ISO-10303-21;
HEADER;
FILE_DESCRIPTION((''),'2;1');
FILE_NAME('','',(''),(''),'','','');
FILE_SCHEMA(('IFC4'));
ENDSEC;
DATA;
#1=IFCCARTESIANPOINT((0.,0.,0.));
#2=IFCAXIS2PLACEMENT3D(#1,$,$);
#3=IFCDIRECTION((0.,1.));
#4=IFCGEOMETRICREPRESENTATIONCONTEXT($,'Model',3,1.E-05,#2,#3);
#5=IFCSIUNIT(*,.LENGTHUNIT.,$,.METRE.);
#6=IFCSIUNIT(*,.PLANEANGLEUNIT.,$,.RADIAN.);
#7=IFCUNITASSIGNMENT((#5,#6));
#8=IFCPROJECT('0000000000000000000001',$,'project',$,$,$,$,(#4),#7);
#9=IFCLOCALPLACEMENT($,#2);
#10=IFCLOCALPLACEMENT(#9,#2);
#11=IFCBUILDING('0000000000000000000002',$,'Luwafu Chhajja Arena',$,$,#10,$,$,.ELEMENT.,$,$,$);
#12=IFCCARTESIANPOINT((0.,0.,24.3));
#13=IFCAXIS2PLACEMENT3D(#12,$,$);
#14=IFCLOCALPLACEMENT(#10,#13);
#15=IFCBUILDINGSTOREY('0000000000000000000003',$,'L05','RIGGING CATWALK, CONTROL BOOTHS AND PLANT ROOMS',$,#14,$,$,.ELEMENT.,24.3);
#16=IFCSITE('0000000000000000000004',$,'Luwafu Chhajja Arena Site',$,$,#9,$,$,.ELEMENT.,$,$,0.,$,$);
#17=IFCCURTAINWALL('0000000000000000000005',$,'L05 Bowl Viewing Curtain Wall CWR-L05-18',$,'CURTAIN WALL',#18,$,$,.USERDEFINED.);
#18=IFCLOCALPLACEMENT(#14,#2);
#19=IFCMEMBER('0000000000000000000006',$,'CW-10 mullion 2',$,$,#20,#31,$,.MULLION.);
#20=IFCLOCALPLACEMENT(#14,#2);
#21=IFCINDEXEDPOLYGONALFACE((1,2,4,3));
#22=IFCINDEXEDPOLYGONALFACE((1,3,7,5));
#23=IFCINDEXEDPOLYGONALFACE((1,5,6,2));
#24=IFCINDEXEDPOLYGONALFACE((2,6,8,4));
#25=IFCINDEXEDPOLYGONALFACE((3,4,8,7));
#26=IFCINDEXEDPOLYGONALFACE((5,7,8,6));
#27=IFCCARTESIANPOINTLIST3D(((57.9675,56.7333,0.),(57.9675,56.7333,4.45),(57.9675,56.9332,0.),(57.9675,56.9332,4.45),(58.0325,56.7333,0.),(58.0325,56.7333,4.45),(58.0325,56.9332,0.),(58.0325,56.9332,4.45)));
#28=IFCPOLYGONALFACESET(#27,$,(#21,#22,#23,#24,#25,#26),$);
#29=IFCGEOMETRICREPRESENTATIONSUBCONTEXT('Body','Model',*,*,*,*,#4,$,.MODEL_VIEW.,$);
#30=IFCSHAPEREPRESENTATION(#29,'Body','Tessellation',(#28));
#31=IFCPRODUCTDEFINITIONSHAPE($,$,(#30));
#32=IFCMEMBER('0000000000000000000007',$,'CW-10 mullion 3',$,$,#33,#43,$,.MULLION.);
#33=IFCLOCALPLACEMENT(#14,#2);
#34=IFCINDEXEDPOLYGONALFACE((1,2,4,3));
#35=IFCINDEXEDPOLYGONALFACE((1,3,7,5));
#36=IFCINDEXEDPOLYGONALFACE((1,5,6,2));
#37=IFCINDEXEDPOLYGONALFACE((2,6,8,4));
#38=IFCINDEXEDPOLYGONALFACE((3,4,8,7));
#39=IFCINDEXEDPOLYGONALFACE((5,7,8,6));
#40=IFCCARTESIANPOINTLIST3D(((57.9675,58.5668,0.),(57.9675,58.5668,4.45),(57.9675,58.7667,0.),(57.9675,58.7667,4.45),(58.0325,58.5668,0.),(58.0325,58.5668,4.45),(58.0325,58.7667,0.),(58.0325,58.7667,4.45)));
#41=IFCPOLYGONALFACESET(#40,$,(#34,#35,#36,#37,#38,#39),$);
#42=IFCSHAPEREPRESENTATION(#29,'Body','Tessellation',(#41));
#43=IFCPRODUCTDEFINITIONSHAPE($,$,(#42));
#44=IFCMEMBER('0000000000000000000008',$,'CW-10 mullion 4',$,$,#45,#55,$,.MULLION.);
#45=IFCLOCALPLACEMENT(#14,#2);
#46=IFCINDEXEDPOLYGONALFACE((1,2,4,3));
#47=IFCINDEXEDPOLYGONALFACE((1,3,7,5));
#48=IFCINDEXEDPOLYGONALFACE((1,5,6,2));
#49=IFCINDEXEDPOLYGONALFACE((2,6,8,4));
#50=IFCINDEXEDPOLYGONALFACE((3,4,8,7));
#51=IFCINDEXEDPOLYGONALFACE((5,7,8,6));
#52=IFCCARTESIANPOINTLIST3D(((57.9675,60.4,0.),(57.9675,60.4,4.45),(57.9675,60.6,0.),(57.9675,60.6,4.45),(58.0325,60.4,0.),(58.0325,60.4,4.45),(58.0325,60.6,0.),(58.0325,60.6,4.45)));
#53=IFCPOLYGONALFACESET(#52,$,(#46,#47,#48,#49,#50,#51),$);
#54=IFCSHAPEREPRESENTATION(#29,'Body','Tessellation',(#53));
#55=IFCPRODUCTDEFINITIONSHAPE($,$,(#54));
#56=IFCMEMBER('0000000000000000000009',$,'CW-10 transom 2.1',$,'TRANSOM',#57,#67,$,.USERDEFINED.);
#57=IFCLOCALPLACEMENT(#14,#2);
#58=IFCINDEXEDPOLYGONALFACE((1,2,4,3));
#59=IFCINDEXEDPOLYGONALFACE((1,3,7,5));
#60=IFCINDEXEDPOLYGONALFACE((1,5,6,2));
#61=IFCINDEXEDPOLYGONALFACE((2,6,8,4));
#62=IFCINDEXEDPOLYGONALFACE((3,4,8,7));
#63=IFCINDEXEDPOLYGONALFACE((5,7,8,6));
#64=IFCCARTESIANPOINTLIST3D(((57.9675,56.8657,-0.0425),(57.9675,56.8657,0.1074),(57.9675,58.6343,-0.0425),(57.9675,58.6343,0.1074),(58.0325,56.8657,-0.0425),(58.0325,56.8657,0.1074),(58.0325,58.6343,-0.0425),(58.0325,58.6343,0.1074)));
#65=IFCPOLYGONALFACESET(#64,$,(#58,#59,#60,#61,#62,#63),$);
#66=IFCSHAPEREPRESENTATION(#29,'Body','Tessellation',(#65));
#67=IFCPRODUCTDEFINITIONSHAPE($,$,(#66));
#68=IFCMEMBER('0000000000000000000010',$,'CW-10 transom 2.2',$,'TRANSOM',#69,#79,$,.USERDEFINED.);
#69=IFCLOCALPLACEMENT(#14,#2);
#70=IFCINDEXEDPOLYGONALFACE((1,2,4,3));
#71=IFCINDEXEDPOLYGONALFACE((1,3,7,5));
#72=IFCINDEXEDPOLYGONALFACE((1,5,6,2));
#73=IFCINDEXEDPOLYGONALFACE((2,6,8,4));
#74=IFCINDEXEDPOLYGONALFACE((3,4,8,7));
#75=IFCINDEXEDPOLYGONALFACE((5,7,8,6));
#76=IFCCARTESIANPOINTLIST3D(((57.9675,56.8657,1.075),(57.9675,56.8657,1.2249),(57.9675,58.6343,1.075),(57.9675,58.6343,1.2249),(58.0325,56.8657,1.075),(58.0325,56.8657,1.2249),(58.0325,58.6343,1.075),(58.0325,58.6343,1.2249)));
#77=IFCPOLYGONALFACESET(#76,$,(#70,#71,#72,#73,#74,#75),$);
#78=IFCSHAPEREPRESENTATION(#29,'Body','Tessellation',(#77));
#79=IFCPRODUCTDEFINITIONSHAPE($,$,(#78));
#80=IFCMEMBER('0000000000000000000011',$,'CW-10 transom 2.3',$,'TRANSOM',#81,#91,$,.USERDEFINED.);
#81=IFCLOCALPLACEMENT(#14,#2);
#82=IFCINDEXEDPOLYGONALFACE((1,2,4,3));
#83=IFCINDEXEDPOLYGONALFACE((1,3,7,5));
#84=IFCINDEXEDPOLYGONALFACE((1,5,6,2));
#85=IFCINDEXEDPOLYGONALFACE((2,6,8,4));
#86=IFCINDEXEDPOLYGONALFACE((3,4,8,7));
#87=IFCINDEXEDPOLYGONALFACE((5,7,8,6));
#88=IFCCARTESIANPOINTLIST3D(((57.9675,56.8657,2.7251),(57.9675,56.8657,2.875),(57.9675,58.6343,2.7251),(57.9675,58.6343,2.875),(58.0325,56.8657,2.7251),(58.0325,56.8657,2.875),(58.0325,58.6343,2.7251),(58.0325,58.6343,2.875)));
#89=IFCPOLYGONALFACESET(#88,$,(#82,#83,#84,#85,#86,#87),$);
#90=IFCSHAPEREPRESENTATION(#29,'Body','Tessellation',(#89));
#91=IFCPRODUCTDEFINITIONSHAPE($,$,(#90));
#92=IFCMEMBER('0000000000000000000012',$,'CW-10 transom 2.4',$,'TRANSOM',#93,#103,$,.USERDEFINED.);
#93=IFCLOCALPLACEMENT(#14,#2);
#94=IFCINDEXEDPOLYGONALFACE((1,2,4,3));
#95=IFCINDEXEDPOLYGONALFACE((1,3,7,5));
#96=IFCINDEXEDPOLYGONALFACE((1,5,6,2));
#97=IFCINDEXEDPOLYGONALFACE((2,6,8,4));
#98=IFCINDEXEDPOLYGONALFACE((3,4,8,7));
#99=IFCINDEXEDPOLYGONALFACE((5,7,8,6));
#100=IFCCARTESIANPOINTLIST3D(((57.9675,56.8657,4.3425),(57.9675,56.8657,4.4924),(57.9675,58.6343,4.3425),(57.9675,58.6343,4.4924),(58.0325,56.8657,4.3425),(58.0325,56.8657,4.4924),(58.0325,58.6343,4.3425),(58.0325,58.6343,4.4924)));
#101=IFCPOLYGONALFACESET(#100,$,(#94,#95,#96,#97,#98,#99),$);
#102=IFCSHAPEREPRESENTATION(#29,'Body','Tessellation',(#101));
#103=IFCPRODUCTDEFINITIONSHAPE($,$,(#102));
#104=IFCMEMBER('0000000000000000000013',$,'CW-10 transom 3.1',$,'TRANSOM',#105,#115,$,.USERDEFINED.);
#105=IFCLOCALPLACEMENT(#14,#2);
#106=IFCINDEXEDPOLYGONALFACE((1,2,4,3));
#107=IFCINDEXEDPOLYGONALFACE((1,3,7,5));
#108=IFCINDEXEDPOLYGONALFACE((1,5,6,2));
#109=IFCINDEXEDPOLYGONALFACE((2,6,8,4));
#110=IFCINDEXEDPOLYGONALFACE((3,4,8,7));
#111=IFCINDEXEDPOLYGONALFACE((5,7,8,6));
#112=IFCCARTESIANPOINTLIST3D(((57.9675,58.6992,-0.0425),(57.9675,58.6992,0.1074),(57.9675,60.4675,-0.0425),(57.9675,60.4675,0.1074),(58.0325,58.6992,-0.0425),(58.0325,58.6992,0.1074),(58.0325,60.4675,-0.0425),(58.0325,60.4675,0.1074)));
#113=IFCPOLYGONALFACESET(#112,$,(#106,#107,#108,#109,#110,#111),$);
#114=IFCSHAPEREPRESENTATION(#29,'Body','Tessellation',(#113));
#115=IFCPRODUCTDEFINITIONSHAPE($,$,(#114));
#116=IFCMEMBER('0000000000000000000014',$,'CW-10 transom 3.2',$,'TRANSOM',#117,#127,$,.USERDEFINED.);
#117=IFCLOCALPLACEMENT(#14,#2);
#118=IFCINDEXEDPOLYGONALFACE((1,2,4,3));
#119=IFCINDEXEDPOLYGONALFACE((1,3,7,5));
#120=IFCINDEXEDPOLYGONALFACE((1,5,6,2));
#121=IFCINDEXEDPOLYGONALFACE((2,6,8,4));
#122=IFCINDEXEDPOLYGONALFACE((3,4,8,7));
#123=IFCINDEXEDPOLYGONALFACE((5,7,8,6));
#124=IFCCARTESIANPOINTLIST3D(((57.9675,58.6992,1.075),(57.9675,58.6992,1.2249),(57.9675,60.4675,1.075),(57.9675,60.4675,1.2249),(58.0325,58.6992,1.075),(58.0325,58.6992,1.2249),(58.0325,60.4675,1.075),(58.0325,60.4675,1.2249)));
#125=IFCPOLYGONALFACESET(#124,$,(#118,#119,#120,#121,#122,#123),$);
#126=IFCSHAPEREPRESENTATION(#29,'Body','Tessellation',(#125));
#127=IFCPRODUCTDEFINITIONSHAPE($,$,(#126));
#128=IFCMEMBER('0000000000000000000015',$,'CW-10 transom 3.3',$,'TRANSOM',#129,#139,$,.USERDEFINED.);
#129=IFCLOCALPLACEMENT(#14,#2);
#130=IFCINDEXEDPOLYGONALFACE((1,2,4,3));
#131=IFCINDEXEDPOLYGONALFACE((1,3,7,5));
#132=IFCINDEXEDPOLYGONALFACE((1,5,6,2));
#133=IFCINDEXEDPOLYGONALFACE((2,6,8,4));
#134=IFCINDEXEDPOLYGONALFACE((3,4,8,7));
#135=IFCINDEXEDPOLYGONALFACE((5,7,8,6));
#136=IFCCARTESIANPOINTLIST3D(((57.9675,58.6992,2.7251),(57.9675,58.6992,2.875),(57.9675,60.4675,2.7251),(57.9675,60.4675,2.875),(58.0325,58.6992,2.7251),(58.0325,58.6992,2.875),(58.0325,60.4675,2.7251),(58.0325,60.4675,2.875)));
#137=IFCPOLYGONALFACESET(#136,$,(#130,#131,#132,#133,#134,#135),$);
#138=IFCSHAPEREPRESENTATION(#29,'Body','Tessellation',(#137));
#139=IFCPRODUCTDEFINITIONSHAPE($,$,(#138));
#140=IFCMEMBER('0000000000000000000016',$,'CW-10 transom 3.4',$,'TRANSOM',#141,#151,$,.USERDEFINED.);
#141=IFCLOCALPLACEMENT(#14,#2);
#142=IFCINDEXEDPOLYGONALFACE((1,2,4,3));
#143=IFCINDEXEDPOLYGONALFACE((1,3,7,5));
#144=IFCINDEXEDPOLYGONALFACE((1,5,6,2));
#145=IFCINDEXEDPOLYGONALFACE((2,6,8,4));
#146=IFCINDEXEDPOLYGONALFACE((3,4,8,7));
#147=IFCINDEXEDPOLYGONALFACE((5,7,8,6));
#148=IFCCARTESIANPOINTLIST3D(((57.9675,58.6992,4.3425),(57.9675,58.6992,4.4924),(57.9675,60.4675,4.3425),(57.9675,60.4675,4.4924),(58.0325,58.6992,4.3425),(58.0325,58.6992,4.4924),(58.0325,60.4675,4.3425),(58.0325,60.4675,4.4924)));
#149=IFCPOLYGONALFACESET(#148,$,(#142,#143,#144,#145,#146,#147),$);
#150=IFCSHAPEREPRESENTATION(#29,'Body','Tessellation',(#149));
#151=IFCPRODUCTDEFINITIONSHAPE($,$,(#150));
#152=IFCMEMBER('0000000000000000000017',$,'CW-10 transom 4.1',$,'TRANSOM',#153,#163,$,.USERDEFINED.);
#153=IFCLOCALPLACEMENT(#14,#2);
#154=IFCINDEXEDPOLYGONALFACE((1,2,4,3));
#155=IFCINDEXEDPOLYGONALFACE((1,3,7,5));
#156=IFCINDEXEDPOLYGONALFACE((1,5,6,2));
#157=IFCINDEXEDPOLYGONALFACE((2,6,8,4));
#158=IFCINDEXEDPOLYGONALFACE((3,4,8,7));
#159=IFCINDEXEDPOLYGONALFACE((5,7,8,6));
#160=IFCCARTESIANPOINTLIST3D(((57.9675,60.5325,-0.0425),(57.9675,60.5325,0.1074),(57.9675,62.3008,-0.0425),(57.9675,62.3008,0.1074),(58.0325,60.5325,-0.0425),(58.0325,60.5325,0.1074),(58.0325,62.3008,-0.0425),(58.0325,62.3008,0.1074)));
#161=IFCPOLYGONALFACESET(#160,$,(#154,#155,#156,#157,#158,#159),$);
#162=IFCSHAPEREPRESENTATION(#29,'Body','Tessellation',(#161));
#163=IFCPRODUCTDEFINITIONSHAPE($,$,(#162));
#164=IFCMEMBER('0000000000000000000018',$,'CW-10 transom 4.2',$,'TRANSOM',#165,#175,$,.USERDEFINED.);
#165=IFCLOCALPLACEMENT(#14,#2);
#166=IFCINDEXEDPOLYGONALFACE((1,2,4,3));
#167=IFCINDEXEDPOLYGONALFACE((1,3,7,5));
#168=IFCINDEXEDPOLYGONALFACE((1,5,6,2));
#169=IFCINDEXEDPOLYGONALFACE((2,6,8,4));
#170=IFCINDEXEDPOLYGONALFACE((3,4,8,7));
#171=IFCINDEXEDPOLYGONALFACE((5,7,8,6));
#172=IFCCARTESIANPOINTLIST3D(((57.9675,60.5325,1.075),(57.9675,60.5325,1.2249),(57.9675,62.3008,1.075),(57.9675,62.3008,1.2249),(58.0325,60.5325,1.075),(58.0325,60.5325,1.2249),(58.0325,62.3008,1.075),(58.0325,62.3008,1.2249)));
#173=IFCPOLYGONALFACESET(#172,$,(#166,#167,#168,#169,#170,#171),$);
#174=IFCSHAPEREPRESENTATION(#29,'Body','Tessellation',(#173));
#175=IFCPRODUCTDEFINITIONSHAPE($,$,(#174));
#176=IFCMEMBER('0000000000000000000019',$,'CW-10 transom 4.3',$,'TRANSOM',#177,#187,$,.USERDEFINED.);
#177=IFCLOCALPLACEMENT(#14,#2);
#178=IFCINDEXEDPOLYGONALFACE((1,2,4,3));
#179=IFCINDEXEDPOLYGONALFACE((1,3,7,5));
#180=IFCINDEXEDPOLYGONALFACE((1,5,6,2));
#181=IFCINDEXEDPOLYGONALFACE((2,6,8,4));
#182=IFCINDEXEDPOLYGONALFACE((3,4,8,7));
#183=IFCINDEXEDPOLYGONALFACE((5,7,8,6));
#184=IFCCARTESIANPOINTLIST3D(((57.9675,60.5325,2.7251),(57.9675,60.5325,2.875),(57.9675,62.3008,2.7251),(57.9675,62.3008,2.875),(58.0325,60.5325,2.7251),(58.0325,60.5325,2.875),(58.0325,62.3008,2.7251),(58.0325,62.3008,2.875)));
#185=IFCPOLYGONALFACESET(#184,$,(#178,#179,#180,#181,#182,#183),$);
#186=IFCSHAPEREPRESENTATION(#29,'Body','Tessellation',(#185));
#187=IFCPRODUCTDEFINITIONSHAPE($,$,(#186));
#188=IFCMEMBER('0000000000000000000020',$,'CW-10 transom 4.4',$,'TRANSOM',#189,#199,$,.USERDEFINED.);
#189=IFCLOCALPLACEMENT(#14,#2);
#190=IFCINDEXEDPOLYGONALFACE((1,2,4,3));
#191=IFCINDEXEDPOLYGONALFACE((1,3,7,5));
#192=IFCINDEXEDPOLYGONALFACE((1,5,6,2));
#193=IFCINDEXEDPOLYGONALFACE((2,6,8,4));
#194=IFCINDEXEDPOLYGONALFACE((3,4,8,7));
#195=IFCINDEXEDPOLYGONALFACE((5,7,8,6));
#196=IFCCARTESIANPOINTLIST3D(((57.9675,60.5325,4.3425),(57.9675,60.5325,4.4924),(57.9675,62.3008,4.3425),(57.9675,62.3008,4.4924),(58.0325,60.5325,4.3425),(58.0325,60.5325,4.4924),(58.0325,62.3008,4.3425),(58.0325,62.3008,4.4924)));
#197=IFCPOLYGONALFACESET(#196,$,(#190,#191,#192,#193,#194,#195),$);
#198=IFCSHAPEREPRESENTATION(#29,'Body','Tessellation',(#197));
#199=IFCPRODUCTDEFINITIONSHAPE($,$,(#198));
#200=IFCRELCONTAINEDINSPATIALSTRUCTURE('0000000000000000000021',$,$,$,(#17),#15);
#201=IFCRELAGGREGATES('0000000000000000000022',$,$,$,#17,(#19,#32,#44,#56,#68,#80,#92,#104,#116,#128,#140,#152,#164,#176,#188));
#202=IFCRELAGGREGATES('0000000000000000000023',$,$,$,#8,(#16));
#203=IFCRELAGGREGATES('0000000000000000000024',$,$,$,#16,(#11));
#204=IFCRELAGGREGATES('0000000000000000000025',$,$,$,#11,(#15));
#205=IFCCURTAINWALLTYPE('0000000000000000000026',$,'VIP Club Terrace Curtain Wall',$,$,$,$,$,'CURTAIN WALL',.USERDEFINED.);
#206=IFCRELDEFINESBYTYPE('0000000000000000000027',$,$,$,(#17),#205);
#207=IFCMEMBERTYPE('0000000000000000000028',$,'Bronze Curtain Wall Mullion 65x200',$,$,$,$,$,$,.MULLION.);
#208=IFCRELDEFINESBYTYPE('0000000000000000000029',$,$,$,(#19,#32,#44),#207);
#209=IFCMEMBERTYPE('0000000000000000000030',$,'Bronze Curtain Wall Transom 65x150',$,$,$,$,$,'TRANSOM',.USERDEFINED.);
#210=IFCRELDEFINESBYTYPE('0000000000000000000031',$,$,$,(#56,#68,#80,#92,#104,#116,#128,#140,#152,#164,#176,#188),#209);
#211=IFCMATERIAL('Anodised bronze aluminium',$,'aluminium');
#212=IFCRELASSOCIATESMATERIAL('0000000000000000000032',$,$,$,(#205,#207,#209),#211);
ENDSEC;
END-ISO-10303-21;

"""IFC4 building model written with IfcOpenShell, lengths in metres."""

from ifc_helpers import new_model, si_unit, direction, frame, origin, origin_2d, place, context, subcontext, project, spatial, rectangle, extrude, material, material_profile, profile_set, type_object, element, aggregate, save


model = new_model("IFC4")

# Units and contexts
model_context = context("Model", 3, precision=1e-05, world=origin(), true_north=direction((0.0, 1.0)))
body_context = subcontext(model_context, "Body", "Model", "MODEL_VIEW")
ifc_project = project(units=[si_unit("LENGTHUNIT", "METRE"), si_unit("PLANEANGLEUNIT", "RADIAN")], contexts=[model_context])

# Site, building, storey
site_placement = place(None, origin())
site = spatial("IfcSite", under=ifc_project, at=site_placement, Name="Luwafu Chhajja Arena Site", CompositionType="ELEMENT", RefElevation=0.0)
building_placement = place(site_placement, origin())
building = spatial("IfcBuilding", under=site, at=building_placement, Name="Luwafu Chhajja Arena", CompositionType="ELEMENT")
storey_placement = place(building_placement, frame((0.0, 0.0, 24.3)))
storey = spatial("IfcBuildingStorey", under=building, at=storey_placement, Name="L05", Description="RIGGING CATWALK, CONTROL BOOTHS AND PLANT ROOMS", CompositionType="ELEMENT", Elevation=24.3)

# Curtain wall, members
ifc_material_1 = material(Name="Anodised bronze aluminium", Category="aluminium")
curtain_wall_type = type_object("IfcCurtainWallType", Name="VIP Club Terrace Curtain Wall", ElementType="CURTAIN WALL", PredefinedType="USERDEFINED", material=ifc_material_1)
curtain_wall_placement = place(storey_placement, origin())
curtain_wall = element("IfcCurtainWall", 1, at=curtain_wall_placement, inside=storey, type_object=curtain_wall_type, Name="L05 Bowl Viewing Curtain Wall CWR-L05-18", ObjectType="CURTAIN WALL", PredefinedType="USERDEFINED")
ifc_material_profile_1 = material_profile(ifc_material_1, rectangle(XDim=0.0649, YDim=0.2, at=origin_2d()), Name="CWM 65x200")
ifc_profile_set_1 = profile_set([ifc_material_profile_1], Name="Anodised bronze aluminium")
member_type_1 = type_object("IfcMemberType", Name="Bronze Curtain Wall Mullion 65x200", PredefinedType="MULLION", material=ifc_profile_set_1)
member_1_placement = place(storey_placement, frame((58.0, 56.8333, 0.0), z_axis=(0.0, 0.0, 1.0), x_axis=(-1.0, 0.0, 0.0)))
member_1 = element("IfcMember", 2, at=member_1_placement, type_object=member_type_1, Name="CW-10 mullion 2", PredefinedType="MULLION", context=body_context, shape_type="SweptSolid", body=[
    extrude(rectangle(XDim=0.0649, YDim=0.2, at=origin_2d()), origin(), (0.0, 0.0, 1.0), 4.45),
])
member_2_placement = place(storey_placement, frame((58.0, 58.6667, 0.0), z_axis=(0.0, 0.0, 1.0), x_axis=(-1.0, 0.0, 0.0)))
member_2 = element("IfcMember", 3, at=member_2_placement, type_object=member_type_1, Name="CW-10 mullion 3", PredefinedType="MULLION", context=body_context, shape_type="SweptSolid", body=[
    extrude(rectangle(XDim=0.0649, YDim=0.2, at=origin_2d()), origin(), (0.0, 0.0, 1.0), 4.45),
])
member_3_placement = place(storey_placement, frame((58.0, 60.5, 0.0), z_axis=(0.0, 0.0, 1.0), x_axis=(-1.0, 0.0, 0.0)))
member_3 = element("IfcMember", 4, at=member_3_placement, type_object=member_type_1, Name="CW-10 mullion 4", PredefinedType="MULLION", context=body_context, shape_type="SweptSolid", body=[
    extrude(rectangle(XDim=0.0649, YDim=0.2, at=origin_2d()), origin(), (0.0, 0.0, 1.0), 4.45),
])
ifc_material_profile_2 = material_profile(ifc_material_1, rectangle(XDim=0.0649, YDim=0.1499, at=origin_2d()), Name="CWT 65x150")
ifc_profile_set_2 = profile_set([ifc_material_profile_2], Name="Anodised bronze aluminium")
member_type_2 = type_object("IfcMemberType", Name="Bronze Curtain Wall Transom 65x150", ElementType="TRANSOM", PredefinedType="USERDEFINED", material=ifc_profile_set_2)
member_4_placement = place(storey_placement, frame((58.0, 56.8657, 0.0325), z_axis=(0.0, 1.0, 0.0), x_axis=(-1.0, 0.0, 0.0)))
member_4 = element("IfcMember", 5, at=member_4_placement, type_object=member_type_2, Name="CW-10 transom 2.1", ObjectType="TRANSOM", PredefinedType="USERDEFINED", context=body_context, shape_type="SweptSolid", body=[
    extrude(rectangle(XDim=0.0649, YDim=0.1499, at=origin_2d()), origin(), (0.0, 0.0, 1.0), 1.7686),
])
member_5_placement = place(storey_placement, frame((58.0, 56.8657, 1.1499), z_axis=(0.0, 1.0, 0.0), x_axis=(-1.0, 0.0, 0.0)))
member_5 = element("IfcMember", 6, at=member_5_placement, type_object=member_type_2, Name="CW-10 transom 2.2", ObjectType="TRANSOM", PredefinedType="USERDEFINED", context=body_context, shape_type="SweptSolid", body=[
    extrude(rectangle(XDim=0.0649, YDim=0.1499, at=origin_2d()), origin(), (0.0, 0.0, 1.0), 1.7686),
])
member_6_placement = place(storey_placement, frame((58.0, 56.8657, 2.8), z_axis=(0.0, 1.0, 0.0), x_axis=(-1.0, 0.0, 0.0)))
member_6 = element("IfcMember", 7, at=member_6_placement, type_object=member_type_2, Name="CW-10 transom 2.3", ObjectType="TRANSOM", PredefinedType="USERDEFINED", context=body_context, shape_type="SweptSolid", body=[
    extrude(rectangle(XDim=0.0649, YDim=0.1499, at=origin_2d()), origin(), (0.0, 0.0, 1.0), 1.7686),
])
member_7_placement = place(storey_placement, frame((58.0, 56.8657, 4.4175), z_axis=(0.0, 1.0, 0.0), x_axis=(-1.0, 0.0, 0.0)))
member_7 = element("IfcMember", 8, at=member_7_placement, type_object=member_type_2, Name="CW-10 transom 2.4", ObjectType="TRANSOM", PredefinedType="USERDEFINED", context=body_context, shape_type="SweptSolid", body=[
    extrude(rectangle(XDim=0.0649, YDim=0.1499, at=origin_2d()), origin(), (0.0, 0.0, 1.0), 1.7686),
])
member_8_placement = place(storey_placement, frame((58.0, 58.6992, 0.0325), z_axis=(0.0, 1.0, 0.0), x_axis=(-1.0, 0.0, 0.0)))
member_8 = element("IfcMember", 9, at=member_8_placement, type_object=member_type_2, Name="CW-10 transom 3.1", ObjectType="TRANSOM", PredefinedType="USERDEFINED", context=body_context, shape_type="SweptSolid", body=[
    extrude(rectangle(XDim=0.0649, YDim=0.1499, at=origin_2d()), origin(), (0.0, 0.0, 1.0), 1.7683),
])
member_9_placement = place(storey_placement, frame((58.0, 58.6992, 1.1499), z_axis=(0.0, 1.0, 0.0), x_axis=(-1.0, 0.0, 0.0)))
member_9 = element("IfcMember", 10, at=member_9_placement, type_object=member_type_2, Name="CW-10 transom 3.2", ObjectType="TRANSOM", PredefinedType="USERDEFINED", context=body_context, shape_type="SweptSolid", body=[
    extrude(rectangle(XDim=0.0649, YDim=0.1499, at=origin_2d()), origin(), (0.0, 0.0, 1.0), 1.7683),
])
member_10_placement = place(storey_placement, frame((58.0, 58.6992, 2.8), z_axis=(0.0, 1.0, 0.0), x_axis=(-1.0, 0.0, 0.0)))
member_10 = element("IfcMember", 11, at=member_10_placement, type_object=member_type_2, Name="CW-10 transom 3.3", ObjectType="TRANSOM", PredefinedType="USERDEFINED", context=body_context, shape_type="SweptSolid", body=[
    extrude(rectangle(XDim=0.0649, YDim=0.1499, at=origin_2d()), origin(), (0.0, 0.0, 1.0), 1.7683),
])
member_11_placement = place(storey_placement, frame((58.0, 58.6992, 4.4175), z_axis=(0.0, 1.0, 0.0), x_axis=(-1.0, 0.0, 0.0)))
member_11 = element("IfcMember", 12, at=member_11_placement, type_object=member_type_2, Name="CW-10 transom 3.4", ObjectType="TRANSOM", PredefinedType="USERDEFINED", context=body_context, shape_type="SweptSolid", body=[
    extrude(rectangle(XDim=0.0649, YDim=0.1499, at=origin_2d()), origin(), (0.0, 0.0, 1.0), 1.7683),
])
member_12_placement = place(storey_placement, frame((58.0, 60.5325, 0.0325), z_axis=(0.0, 1.0, 0.0), x_axis=(-1.0, 0.0, 0.0)))
member_12 = element("IfcMember", 13, at=member_12_placement, type_object=member_type_2, Name="CW-10 transom 4.1", ObjectType="TRANSOM", PredefinedType="USERDEFINED", context=body_context, shape_type="SweptSolid", body=[
    extrude(rectangle(XDim=0.0649, YDim=0.1499, at=origin_2d()), origin(), (0.0, 0.0, 1.0), 1.7683),
])
member_13_placement = place(storey_placement, frame((58.0, 60.5325, 1.1499), z_axis=(0.0, 1.0, 0.0), x_axis=(-1.0, 0.0, 0.0)))
member_13 = element("IfcMember", 14, at=member_13_placement, type_object=member_type_2, Name="CW-10 transom 4.2", ObjectType="TRANSOM", PredefinedType="USERDEFINED", context=body_context, shape_type="SweptSolid", body=[
    extrude(rectangle(XDim=0.0649, YDim=0.1499, at=origin_2d()), origin(), (0.0, 0.0, 1.0), 1.7683),
])
member_14_placement = place(storey_placement, frame((58.0, 60.5325, 2.8), z_axis=(0.0, 1.0, 0.0), x_axis=(-1.0, 0.0, 0.0)))
member_14 = element("IfcMember", 15, at=member_14_placement, type_object=member_type_2, Name="CW-10 transom 4.3", ObjectType="TRANSOM", PredefinedType="USERDEFINED", context=body_context, shape_type="SweptSolid", body=[
    extrude(rectangle(XDim=0.0649, YDim=0.1499, at=origin_2d()), origin(), (0.0, 0.0, 1.0), 1.7683),
])
member_15_placement = place(storey_placement, frame((58.0, 60.5325, 4.4175), z_axis=(0.0, 1.0, 0.0), x_axis=(-1.0, 0.0, 0.0)))
member_15 = element("IfcMember", 16, at=member_15_placement, type_object=member_type_2, Name="CW-10 transom 4.4", ObjectType="TRANSOM", PredefinedType="USERDEFINED", context=body_context, shape_type="SweptSolid", body=[
    extrude(rectangle(XDim=0.0649, YDim=0.1499, at=origin_2d()), origin(), (0.0, 0.0, 1.0), 1.7683),
])
aggregate(curtain_wall, [member_1, member_2, member_3, member_4, member_5, member_6, member_7, member_8, member_9, member_10, member_11, member_12, member_13, member_14, member_15])

save(model, "model.ifc")
